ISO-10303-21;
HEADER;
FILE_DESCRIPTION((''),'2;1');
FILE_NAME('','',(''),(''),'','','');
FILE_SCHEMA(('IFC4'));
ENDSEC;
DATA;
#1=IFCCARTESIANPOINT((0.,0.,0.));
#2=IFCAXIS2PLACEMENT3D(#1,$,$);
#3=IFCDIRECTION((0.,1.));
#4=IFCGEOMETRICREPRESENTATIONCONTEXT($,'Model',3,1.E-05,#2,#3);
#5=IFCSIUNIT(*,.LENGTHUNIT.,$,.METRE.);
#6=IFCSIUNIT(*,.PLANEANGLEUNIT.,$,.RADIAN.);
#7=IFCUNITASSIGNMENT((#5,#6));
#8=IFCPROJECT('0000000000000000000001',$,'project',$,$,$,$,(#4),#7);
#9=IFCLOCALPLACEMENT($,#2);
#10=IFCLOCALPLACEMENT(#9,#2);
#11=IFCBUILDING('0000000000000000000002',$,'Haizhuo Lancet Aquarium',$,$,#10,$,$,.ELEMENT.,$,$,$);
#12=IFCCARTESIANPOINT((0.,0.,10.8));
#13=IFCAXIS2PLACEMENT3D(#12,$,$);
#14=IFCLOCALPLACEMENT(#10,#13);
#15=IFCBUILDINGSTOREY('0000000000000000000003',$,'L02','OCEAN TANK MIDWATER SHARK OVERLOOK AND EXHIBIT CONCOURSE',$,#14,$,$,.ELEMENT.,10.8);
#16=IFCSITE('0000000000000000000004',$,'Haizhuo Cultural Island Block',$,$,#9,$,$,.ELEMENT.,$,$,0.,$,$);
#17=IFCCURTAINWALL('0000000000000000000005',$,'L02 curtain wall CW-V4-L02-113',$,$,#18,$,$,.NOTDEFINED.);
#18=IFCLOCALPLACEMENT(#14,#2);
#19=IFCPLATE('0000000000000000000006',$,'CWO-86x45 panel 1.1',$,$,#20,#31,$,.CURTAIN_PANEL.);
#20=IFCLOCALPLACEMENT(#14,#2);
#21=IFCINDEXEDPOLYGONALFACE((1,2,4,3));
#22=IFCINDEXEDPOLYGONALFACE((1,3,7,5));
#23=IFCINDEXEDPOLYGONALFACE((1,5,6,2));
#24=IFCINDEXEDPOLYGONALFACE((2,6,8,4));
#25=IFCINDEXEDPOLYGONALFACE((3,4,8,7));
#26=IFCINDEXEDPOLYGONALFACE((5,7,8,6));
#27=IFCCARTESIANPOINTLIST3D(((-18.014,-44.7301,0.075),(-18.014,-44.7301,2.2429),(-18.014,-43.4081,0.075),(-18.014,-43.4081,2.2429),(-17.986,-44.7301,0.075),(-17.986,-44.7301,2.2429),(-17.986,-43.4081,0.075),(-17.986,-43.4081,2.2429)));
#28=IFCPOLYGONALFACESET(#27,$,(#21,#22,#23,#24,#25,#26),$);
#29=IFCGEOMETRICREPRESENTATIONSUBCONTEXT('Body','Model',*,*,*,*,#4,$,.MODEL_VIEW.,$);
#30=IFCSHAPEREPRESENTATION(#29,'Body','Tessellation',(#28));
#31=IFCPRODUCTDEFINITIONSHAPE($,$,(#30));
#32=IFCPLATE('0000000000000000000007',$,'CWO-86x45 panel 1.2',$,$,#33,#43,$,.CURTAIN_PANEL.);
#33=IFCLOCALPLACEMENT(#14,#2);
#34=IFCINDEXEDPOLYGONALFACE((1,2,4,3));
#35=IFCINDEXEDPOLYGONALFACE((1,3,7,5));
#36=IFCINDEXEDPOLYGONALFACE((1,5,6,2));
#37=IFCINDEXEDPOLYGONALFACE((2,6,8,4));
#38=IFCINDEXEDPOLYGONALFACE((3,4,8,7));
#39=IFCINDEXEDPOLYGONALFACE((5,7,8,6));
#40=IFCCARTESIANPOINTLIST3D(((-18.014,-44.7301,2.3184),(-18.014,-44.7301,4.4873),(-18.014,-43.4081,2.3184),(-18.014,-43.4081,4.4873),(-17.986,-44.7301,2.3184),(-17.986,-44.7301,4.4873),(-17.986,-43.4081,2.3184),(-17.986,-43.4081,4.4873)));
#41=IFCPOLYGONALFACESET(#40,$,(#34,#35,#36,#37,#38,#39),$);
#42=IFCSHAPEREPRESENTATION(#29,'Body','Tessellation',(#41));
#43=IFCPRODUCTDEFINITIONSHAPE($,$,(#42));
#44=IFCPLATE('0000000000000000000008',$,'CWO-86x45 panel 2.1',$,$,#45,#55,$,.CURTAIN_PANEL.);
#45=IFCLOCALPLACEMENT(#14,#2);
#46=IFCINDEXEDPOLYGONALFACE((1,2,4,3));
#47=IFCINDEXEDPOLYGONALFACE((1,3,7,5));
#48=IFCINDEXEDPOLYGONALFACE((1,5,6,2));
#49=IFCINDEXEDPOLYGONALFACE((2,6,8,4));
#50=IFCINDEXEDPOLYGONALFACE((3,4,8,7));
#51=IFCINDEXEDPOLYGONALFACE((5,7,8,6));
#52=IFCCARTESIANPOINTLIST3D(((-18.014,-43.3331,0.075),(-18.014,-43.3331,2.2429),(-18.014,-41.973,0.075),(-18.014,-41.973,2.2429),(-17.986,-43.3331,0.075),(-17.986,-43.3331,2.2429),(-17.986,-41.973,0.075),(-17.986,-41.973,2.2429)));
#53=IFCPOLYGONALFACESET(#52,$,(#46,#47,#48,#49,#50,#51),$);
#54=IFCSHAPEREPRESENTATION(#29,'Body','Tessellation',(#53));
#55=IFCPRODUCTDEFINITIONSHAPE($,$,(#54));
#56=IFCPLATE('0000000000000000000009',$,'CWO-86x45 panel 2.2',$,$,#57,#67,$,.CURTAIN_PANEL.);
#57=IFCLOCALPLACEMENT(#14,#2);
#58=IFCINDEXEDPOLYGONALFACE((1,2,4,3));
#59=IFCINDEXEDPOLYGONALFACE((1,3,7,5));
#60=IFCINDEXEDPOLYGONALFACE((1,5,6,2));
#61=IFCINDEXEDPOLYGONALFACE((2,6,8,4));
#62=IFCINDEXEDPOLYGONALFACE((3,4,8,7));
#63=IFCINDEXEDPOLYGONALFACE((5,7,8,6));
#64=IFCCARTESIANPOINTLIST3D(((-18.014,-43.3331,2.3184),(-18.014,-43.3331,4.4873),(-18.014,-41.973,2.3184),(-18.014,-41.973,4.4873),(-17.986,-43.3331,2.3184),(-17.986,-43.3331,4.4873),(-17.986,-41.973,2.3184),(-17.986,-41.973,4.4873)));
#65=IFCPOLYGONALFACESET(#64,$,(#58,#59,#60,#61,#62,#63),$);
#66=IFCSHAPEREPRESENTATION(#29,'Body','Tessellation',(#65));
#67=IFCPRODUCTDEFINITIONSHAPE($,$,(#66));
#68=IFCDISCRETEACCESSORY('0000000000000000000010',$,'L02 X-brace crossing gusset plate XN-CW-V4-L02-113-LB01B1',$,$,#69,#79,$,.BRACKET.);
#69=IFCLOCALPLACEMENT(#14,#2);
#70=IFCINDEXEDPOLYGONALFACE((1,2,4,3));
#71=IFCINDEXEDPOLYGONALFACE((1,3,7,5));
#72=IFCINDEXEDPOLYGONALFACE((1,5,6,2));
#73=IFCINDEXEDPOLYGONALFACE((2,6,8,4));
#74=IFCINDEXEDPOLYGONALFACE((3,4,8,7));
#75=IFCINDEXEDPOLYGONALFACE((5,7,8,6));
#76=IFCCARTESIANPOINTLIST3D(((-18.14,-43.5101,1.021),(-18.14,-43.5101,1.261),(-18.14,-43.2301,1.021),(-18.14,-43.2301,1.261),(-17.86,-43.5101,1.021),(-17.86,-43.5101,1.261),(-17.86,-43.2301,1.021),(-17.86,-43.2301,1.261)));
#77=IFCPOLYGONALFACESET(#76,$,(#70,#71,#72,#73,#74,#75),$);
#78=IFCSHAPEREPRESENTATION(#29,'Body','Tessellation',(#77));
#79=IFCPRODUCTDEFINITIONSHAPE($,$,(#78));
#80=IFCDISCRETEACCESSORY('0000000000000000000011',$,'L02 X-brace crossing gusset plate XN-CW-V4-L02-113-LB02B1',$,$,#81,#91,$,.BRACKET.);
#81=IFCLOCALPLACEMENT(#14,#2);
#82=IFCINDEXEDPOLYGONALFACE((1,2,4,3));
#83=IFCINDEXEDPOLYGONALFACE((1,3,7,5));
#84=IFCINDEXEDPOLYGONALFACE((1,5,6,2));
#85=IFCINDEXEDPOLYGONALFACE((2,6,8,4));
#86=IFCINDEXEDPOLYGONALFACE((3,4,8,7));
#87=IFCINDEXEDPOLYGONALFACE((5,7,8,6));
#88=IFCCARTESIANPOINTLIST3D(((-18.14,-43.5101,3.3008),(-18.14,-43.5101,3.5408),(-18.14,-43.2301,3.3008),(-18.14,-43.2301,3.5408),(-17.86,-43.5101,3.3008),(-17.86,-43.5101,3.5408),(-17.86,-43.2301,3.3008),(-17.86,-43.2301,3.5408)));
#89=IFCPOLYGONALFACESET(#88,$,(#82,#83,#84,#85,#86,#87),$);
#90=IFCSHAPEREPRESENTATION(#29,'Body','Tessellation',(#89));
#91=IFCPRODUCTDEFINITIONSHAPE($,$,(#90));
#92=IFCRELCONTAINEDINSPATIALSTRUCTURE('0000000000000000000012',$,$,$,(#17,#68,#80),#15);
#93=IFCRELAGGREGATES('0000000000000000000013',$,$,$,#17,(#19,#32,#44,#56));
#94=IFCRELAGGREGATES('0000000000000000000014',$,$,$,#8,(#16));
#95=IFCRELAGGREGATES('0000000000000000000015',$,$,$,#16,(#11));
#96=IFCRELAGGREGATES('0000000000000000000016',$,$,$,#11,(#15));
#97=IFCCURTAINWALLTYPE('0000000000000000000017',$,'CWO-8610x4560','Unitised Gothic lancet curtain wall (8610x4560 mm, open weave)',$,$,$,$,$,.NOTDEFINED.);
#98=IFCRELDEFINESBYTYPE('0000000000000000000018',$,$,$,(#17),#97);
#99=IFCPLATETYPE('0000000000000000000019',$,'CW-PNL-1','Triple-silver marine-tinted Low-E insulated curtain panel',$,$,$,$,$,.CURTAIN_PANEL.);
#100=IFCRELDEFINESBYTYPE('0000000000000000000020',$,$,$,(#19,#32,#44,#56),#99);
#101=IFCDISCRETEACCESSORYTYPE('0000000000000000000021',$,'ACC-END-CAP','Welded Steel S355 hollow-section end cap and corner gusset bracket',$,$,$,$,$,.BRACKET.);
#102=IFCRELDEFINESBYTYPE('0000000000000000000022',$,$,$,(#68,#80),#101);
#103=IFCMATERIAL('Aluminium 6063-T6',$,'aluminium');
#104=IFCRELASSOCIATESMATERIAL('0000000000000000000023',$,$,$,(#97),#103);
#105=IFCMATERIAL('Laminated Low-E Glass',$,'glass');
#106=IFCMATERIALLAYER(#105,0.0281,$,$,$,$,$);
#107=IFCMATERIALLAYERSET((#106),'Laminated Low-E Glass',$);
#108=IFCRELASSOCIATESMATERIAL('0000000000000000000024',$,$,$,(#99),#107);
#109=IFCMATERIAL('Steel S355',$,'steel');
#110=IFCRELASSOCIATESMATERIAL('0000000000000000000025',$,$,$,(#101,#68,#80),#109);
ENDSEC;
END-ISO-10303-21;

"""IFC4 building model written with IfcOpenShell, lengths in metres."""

from ifc_helpers import new_model, si_unit, direction, frame, origin, origin_2d, place, context, subcontext, project, spatial, rectangle, extrude, material, layer, layer_set, type_object, element, aggregate, save


model = new_model("IFC4")

# Units and contexts
model_context = context("Model", 3, precision=1e-05, world=origin(), true_north=direction((0.0, 1.0)))
body_context = subcontext(model_context, "Body", "Model", "MODEL_VIEW")
ifc_project = project(units=[si_unit("LENGTHUNIT", "METRE"), si_unit("PLANEANGLEUNIT", "RADIAN")], contexts=[model_context])

# Site, building, storey
site_placement = place(None, origin())
site = spatial("IfcSite", under=ifc_project, at=site_placement, Name="Haizhuo Cultural Island Block", CompositionType="ELEMENT", RefElevation=0.0)
building_placement = place(site_placement, origin())
building = spatial("IfcBuilding", under=site, at=building_placement, Name="Haizhuo Lancet Aquarium", CompositionType="ELEMENT")
storey_placement = place(building_placement, frame((0.0, 0.0, 10.8)))
storey = spatial("IfcBuildingStorey", under=building, at=storey_placement, Name="L02", Description="OCEAN TANK MIDWATER SHARK OVERLOOK AND EXHIBIT CONCOURSE", CompositionType="ELEMENT", Elevation=10.8)

# Curtain wall
ifc_material_1 = material(Name="Aluminium 6063-T6", Category="aluminium")
curtain_wall_type = type_object("IfcCurtainWallType", Name="CWO-8610x4560", Description="Unitised Gothic lancet curtain wall (8610x4560 mm, open weave)", PredefinedType="NOTDEFINED", material=ifc_material_1)
curtain_wall_placement = place(storey_placement, origin())
curtain_wall = element("IfcCurtainWall", 1, at=curtain_wall_placement, inside=storey, type_object=curtain_wall_type, Name="L02 curtain wall CW-V4-L02-113", PredefinedType="NOTDEFINED")

# Shared definitions
ifc_material_2 = material(Name="Steel S355", Category="steel")

# Plates
ifc_material_3 = material(Name="Laminated Low-E Glass", Category="glass")
ifc_layer = layer(ifc_material_3, 0.0281)
ifc_layer_set = layer_set([ifc_layer], Name="Laminated Low-E Glass")
plate_type = type_object("IfcPlateType", Name="CW-PNL-1", Description="Triple-silver marine-tinted Low-E insulated curtain panel", PredefinedType="CURTAIN_PANEL", material=ifc_layer_set)
plate_1_placement = place(storey_placement, frame((-18.0, -44.0691, 0.075), z_axis=(0.0, 0.0, 1.0), x_axis=(0.0, 1.0, 0.0)))
plate_1 = element("IfcPlate", 2, at=plate_1_placement, type_object=plate_type, Name="CWO-86x45 panel 1.1", PredefinedType="CURTAIN_PANEL", context=body_context, shape_type="SweptSolid", body=[
    extrude(rectangle(XDim=1.322, YDim=0.0281, at=origin_2d()), origin(), (0.0, 0.0, 1.0), 2.168),
])
plate_2_placement = place(storey_placement, frame((-18.0, -44.0691, 2.3184), z_axis=(0.0, 0.0, 1.0), x_axis=(0.0, 1.0, 0.0)))
plate_2 = element("IfcPlate", 3, at=plate_2_placement, type_object=plate_type, Name="CWO-86x45 panel 1.2", PredefinedType="CURTAIN_PANEL", context=body_context, shape_type="SweptSolid", body=[
    extrude(rectangle(XDim=1.322, YDim=0.0281, at=origin_2d()), origin(), (0.0, 0.0, 1.0), 2.1689),
])
plate_3_placement = place(storey_placement, frame((-18.0, -42.6531, 0.075), z_axis=(0.0, 0.0, 1.0), x_axis=(0.0, 1.0, 0.0)))
plate_3 = element("IfcPlate", 4, at=plate_3_placement, type_object=plate_type, Name="CWO-86x45 panel 2.1", PredefinedType="CURTAIN_PANEL", context=body_context, shape_type="SweptSolid", body=[
    extrude(rectangle(XDim=1.3601, YDim=0.0281, at=origin_2d()), origin(), (0.0, 0.0, 1.0), 2.168),
])
plate_4_placement = place(storey_placement, frame((-18.0, -42.6531, 2.3184), z_axis=(0.0, 0.0, 1.0), x_axis=(0.0, 1.0, 0.0)))
plate_4 = element("IfcPlate", 5, at=plate_4_placement, type_object=plate_type, Name="CWO-86x45 panel 2.2", PredefinedType="CURTAIN_PANEL", context=body_context, shape_type="SweptSolid", body=[
    extrude(rectangle(XDim=1.3601, YDim=0.0281, at=origin_2d()), origin(), (0.0, 0.0, 1.0), 2.1689),
])
aggregate(curtain_wall, [plate_1, plate_2, plate_3, plate_4])

# Discrete accessories
discrete_accessory_type = type_object("IfcDiscreteAccessoryType", Name="ACC-END-CAP", Description="Welded Steel S355 hollow-section end cap and corner gusset bracket", PredefinedType="BRACKET", material=ifc_material_2)
for number, where, z_axis, x_axis, name in (
    (6, (-18.0, -43.3701, 1.021), (0.0, 0.0, 1.0), (1.0, 0.0, 0.0), "L02 X-brace crossing gusset plate XN-CW-V4-L02-113-LB01B1"),
    (7, (-18.0, -43.3701, 3.3008), (0.0, 0.0, 1.0), (1.0, 0.0, 0.0), "L02 X-brace crossing gusset plate XN-CW-V4-L02-113-LB02B1"),
):
    element("IfcDiscreteAccessory", number, at=place(storey_placement, frame(where, z_axis=z_axis, x_axis=x_axis)), inside=storey, type_object=discrete_accessory_type, material=ifc_material_2, Name=name, PredefinedType="BRACKET", context=body_context, shape_type="SweptSolid", body=[
        extrude(rectangle(XDim=0.28, YDim=0.28, at=origin_2d()), origin(), (0.0, 0.0, 1.0), 0.24),
    ])

save(model, "model.ifc")
